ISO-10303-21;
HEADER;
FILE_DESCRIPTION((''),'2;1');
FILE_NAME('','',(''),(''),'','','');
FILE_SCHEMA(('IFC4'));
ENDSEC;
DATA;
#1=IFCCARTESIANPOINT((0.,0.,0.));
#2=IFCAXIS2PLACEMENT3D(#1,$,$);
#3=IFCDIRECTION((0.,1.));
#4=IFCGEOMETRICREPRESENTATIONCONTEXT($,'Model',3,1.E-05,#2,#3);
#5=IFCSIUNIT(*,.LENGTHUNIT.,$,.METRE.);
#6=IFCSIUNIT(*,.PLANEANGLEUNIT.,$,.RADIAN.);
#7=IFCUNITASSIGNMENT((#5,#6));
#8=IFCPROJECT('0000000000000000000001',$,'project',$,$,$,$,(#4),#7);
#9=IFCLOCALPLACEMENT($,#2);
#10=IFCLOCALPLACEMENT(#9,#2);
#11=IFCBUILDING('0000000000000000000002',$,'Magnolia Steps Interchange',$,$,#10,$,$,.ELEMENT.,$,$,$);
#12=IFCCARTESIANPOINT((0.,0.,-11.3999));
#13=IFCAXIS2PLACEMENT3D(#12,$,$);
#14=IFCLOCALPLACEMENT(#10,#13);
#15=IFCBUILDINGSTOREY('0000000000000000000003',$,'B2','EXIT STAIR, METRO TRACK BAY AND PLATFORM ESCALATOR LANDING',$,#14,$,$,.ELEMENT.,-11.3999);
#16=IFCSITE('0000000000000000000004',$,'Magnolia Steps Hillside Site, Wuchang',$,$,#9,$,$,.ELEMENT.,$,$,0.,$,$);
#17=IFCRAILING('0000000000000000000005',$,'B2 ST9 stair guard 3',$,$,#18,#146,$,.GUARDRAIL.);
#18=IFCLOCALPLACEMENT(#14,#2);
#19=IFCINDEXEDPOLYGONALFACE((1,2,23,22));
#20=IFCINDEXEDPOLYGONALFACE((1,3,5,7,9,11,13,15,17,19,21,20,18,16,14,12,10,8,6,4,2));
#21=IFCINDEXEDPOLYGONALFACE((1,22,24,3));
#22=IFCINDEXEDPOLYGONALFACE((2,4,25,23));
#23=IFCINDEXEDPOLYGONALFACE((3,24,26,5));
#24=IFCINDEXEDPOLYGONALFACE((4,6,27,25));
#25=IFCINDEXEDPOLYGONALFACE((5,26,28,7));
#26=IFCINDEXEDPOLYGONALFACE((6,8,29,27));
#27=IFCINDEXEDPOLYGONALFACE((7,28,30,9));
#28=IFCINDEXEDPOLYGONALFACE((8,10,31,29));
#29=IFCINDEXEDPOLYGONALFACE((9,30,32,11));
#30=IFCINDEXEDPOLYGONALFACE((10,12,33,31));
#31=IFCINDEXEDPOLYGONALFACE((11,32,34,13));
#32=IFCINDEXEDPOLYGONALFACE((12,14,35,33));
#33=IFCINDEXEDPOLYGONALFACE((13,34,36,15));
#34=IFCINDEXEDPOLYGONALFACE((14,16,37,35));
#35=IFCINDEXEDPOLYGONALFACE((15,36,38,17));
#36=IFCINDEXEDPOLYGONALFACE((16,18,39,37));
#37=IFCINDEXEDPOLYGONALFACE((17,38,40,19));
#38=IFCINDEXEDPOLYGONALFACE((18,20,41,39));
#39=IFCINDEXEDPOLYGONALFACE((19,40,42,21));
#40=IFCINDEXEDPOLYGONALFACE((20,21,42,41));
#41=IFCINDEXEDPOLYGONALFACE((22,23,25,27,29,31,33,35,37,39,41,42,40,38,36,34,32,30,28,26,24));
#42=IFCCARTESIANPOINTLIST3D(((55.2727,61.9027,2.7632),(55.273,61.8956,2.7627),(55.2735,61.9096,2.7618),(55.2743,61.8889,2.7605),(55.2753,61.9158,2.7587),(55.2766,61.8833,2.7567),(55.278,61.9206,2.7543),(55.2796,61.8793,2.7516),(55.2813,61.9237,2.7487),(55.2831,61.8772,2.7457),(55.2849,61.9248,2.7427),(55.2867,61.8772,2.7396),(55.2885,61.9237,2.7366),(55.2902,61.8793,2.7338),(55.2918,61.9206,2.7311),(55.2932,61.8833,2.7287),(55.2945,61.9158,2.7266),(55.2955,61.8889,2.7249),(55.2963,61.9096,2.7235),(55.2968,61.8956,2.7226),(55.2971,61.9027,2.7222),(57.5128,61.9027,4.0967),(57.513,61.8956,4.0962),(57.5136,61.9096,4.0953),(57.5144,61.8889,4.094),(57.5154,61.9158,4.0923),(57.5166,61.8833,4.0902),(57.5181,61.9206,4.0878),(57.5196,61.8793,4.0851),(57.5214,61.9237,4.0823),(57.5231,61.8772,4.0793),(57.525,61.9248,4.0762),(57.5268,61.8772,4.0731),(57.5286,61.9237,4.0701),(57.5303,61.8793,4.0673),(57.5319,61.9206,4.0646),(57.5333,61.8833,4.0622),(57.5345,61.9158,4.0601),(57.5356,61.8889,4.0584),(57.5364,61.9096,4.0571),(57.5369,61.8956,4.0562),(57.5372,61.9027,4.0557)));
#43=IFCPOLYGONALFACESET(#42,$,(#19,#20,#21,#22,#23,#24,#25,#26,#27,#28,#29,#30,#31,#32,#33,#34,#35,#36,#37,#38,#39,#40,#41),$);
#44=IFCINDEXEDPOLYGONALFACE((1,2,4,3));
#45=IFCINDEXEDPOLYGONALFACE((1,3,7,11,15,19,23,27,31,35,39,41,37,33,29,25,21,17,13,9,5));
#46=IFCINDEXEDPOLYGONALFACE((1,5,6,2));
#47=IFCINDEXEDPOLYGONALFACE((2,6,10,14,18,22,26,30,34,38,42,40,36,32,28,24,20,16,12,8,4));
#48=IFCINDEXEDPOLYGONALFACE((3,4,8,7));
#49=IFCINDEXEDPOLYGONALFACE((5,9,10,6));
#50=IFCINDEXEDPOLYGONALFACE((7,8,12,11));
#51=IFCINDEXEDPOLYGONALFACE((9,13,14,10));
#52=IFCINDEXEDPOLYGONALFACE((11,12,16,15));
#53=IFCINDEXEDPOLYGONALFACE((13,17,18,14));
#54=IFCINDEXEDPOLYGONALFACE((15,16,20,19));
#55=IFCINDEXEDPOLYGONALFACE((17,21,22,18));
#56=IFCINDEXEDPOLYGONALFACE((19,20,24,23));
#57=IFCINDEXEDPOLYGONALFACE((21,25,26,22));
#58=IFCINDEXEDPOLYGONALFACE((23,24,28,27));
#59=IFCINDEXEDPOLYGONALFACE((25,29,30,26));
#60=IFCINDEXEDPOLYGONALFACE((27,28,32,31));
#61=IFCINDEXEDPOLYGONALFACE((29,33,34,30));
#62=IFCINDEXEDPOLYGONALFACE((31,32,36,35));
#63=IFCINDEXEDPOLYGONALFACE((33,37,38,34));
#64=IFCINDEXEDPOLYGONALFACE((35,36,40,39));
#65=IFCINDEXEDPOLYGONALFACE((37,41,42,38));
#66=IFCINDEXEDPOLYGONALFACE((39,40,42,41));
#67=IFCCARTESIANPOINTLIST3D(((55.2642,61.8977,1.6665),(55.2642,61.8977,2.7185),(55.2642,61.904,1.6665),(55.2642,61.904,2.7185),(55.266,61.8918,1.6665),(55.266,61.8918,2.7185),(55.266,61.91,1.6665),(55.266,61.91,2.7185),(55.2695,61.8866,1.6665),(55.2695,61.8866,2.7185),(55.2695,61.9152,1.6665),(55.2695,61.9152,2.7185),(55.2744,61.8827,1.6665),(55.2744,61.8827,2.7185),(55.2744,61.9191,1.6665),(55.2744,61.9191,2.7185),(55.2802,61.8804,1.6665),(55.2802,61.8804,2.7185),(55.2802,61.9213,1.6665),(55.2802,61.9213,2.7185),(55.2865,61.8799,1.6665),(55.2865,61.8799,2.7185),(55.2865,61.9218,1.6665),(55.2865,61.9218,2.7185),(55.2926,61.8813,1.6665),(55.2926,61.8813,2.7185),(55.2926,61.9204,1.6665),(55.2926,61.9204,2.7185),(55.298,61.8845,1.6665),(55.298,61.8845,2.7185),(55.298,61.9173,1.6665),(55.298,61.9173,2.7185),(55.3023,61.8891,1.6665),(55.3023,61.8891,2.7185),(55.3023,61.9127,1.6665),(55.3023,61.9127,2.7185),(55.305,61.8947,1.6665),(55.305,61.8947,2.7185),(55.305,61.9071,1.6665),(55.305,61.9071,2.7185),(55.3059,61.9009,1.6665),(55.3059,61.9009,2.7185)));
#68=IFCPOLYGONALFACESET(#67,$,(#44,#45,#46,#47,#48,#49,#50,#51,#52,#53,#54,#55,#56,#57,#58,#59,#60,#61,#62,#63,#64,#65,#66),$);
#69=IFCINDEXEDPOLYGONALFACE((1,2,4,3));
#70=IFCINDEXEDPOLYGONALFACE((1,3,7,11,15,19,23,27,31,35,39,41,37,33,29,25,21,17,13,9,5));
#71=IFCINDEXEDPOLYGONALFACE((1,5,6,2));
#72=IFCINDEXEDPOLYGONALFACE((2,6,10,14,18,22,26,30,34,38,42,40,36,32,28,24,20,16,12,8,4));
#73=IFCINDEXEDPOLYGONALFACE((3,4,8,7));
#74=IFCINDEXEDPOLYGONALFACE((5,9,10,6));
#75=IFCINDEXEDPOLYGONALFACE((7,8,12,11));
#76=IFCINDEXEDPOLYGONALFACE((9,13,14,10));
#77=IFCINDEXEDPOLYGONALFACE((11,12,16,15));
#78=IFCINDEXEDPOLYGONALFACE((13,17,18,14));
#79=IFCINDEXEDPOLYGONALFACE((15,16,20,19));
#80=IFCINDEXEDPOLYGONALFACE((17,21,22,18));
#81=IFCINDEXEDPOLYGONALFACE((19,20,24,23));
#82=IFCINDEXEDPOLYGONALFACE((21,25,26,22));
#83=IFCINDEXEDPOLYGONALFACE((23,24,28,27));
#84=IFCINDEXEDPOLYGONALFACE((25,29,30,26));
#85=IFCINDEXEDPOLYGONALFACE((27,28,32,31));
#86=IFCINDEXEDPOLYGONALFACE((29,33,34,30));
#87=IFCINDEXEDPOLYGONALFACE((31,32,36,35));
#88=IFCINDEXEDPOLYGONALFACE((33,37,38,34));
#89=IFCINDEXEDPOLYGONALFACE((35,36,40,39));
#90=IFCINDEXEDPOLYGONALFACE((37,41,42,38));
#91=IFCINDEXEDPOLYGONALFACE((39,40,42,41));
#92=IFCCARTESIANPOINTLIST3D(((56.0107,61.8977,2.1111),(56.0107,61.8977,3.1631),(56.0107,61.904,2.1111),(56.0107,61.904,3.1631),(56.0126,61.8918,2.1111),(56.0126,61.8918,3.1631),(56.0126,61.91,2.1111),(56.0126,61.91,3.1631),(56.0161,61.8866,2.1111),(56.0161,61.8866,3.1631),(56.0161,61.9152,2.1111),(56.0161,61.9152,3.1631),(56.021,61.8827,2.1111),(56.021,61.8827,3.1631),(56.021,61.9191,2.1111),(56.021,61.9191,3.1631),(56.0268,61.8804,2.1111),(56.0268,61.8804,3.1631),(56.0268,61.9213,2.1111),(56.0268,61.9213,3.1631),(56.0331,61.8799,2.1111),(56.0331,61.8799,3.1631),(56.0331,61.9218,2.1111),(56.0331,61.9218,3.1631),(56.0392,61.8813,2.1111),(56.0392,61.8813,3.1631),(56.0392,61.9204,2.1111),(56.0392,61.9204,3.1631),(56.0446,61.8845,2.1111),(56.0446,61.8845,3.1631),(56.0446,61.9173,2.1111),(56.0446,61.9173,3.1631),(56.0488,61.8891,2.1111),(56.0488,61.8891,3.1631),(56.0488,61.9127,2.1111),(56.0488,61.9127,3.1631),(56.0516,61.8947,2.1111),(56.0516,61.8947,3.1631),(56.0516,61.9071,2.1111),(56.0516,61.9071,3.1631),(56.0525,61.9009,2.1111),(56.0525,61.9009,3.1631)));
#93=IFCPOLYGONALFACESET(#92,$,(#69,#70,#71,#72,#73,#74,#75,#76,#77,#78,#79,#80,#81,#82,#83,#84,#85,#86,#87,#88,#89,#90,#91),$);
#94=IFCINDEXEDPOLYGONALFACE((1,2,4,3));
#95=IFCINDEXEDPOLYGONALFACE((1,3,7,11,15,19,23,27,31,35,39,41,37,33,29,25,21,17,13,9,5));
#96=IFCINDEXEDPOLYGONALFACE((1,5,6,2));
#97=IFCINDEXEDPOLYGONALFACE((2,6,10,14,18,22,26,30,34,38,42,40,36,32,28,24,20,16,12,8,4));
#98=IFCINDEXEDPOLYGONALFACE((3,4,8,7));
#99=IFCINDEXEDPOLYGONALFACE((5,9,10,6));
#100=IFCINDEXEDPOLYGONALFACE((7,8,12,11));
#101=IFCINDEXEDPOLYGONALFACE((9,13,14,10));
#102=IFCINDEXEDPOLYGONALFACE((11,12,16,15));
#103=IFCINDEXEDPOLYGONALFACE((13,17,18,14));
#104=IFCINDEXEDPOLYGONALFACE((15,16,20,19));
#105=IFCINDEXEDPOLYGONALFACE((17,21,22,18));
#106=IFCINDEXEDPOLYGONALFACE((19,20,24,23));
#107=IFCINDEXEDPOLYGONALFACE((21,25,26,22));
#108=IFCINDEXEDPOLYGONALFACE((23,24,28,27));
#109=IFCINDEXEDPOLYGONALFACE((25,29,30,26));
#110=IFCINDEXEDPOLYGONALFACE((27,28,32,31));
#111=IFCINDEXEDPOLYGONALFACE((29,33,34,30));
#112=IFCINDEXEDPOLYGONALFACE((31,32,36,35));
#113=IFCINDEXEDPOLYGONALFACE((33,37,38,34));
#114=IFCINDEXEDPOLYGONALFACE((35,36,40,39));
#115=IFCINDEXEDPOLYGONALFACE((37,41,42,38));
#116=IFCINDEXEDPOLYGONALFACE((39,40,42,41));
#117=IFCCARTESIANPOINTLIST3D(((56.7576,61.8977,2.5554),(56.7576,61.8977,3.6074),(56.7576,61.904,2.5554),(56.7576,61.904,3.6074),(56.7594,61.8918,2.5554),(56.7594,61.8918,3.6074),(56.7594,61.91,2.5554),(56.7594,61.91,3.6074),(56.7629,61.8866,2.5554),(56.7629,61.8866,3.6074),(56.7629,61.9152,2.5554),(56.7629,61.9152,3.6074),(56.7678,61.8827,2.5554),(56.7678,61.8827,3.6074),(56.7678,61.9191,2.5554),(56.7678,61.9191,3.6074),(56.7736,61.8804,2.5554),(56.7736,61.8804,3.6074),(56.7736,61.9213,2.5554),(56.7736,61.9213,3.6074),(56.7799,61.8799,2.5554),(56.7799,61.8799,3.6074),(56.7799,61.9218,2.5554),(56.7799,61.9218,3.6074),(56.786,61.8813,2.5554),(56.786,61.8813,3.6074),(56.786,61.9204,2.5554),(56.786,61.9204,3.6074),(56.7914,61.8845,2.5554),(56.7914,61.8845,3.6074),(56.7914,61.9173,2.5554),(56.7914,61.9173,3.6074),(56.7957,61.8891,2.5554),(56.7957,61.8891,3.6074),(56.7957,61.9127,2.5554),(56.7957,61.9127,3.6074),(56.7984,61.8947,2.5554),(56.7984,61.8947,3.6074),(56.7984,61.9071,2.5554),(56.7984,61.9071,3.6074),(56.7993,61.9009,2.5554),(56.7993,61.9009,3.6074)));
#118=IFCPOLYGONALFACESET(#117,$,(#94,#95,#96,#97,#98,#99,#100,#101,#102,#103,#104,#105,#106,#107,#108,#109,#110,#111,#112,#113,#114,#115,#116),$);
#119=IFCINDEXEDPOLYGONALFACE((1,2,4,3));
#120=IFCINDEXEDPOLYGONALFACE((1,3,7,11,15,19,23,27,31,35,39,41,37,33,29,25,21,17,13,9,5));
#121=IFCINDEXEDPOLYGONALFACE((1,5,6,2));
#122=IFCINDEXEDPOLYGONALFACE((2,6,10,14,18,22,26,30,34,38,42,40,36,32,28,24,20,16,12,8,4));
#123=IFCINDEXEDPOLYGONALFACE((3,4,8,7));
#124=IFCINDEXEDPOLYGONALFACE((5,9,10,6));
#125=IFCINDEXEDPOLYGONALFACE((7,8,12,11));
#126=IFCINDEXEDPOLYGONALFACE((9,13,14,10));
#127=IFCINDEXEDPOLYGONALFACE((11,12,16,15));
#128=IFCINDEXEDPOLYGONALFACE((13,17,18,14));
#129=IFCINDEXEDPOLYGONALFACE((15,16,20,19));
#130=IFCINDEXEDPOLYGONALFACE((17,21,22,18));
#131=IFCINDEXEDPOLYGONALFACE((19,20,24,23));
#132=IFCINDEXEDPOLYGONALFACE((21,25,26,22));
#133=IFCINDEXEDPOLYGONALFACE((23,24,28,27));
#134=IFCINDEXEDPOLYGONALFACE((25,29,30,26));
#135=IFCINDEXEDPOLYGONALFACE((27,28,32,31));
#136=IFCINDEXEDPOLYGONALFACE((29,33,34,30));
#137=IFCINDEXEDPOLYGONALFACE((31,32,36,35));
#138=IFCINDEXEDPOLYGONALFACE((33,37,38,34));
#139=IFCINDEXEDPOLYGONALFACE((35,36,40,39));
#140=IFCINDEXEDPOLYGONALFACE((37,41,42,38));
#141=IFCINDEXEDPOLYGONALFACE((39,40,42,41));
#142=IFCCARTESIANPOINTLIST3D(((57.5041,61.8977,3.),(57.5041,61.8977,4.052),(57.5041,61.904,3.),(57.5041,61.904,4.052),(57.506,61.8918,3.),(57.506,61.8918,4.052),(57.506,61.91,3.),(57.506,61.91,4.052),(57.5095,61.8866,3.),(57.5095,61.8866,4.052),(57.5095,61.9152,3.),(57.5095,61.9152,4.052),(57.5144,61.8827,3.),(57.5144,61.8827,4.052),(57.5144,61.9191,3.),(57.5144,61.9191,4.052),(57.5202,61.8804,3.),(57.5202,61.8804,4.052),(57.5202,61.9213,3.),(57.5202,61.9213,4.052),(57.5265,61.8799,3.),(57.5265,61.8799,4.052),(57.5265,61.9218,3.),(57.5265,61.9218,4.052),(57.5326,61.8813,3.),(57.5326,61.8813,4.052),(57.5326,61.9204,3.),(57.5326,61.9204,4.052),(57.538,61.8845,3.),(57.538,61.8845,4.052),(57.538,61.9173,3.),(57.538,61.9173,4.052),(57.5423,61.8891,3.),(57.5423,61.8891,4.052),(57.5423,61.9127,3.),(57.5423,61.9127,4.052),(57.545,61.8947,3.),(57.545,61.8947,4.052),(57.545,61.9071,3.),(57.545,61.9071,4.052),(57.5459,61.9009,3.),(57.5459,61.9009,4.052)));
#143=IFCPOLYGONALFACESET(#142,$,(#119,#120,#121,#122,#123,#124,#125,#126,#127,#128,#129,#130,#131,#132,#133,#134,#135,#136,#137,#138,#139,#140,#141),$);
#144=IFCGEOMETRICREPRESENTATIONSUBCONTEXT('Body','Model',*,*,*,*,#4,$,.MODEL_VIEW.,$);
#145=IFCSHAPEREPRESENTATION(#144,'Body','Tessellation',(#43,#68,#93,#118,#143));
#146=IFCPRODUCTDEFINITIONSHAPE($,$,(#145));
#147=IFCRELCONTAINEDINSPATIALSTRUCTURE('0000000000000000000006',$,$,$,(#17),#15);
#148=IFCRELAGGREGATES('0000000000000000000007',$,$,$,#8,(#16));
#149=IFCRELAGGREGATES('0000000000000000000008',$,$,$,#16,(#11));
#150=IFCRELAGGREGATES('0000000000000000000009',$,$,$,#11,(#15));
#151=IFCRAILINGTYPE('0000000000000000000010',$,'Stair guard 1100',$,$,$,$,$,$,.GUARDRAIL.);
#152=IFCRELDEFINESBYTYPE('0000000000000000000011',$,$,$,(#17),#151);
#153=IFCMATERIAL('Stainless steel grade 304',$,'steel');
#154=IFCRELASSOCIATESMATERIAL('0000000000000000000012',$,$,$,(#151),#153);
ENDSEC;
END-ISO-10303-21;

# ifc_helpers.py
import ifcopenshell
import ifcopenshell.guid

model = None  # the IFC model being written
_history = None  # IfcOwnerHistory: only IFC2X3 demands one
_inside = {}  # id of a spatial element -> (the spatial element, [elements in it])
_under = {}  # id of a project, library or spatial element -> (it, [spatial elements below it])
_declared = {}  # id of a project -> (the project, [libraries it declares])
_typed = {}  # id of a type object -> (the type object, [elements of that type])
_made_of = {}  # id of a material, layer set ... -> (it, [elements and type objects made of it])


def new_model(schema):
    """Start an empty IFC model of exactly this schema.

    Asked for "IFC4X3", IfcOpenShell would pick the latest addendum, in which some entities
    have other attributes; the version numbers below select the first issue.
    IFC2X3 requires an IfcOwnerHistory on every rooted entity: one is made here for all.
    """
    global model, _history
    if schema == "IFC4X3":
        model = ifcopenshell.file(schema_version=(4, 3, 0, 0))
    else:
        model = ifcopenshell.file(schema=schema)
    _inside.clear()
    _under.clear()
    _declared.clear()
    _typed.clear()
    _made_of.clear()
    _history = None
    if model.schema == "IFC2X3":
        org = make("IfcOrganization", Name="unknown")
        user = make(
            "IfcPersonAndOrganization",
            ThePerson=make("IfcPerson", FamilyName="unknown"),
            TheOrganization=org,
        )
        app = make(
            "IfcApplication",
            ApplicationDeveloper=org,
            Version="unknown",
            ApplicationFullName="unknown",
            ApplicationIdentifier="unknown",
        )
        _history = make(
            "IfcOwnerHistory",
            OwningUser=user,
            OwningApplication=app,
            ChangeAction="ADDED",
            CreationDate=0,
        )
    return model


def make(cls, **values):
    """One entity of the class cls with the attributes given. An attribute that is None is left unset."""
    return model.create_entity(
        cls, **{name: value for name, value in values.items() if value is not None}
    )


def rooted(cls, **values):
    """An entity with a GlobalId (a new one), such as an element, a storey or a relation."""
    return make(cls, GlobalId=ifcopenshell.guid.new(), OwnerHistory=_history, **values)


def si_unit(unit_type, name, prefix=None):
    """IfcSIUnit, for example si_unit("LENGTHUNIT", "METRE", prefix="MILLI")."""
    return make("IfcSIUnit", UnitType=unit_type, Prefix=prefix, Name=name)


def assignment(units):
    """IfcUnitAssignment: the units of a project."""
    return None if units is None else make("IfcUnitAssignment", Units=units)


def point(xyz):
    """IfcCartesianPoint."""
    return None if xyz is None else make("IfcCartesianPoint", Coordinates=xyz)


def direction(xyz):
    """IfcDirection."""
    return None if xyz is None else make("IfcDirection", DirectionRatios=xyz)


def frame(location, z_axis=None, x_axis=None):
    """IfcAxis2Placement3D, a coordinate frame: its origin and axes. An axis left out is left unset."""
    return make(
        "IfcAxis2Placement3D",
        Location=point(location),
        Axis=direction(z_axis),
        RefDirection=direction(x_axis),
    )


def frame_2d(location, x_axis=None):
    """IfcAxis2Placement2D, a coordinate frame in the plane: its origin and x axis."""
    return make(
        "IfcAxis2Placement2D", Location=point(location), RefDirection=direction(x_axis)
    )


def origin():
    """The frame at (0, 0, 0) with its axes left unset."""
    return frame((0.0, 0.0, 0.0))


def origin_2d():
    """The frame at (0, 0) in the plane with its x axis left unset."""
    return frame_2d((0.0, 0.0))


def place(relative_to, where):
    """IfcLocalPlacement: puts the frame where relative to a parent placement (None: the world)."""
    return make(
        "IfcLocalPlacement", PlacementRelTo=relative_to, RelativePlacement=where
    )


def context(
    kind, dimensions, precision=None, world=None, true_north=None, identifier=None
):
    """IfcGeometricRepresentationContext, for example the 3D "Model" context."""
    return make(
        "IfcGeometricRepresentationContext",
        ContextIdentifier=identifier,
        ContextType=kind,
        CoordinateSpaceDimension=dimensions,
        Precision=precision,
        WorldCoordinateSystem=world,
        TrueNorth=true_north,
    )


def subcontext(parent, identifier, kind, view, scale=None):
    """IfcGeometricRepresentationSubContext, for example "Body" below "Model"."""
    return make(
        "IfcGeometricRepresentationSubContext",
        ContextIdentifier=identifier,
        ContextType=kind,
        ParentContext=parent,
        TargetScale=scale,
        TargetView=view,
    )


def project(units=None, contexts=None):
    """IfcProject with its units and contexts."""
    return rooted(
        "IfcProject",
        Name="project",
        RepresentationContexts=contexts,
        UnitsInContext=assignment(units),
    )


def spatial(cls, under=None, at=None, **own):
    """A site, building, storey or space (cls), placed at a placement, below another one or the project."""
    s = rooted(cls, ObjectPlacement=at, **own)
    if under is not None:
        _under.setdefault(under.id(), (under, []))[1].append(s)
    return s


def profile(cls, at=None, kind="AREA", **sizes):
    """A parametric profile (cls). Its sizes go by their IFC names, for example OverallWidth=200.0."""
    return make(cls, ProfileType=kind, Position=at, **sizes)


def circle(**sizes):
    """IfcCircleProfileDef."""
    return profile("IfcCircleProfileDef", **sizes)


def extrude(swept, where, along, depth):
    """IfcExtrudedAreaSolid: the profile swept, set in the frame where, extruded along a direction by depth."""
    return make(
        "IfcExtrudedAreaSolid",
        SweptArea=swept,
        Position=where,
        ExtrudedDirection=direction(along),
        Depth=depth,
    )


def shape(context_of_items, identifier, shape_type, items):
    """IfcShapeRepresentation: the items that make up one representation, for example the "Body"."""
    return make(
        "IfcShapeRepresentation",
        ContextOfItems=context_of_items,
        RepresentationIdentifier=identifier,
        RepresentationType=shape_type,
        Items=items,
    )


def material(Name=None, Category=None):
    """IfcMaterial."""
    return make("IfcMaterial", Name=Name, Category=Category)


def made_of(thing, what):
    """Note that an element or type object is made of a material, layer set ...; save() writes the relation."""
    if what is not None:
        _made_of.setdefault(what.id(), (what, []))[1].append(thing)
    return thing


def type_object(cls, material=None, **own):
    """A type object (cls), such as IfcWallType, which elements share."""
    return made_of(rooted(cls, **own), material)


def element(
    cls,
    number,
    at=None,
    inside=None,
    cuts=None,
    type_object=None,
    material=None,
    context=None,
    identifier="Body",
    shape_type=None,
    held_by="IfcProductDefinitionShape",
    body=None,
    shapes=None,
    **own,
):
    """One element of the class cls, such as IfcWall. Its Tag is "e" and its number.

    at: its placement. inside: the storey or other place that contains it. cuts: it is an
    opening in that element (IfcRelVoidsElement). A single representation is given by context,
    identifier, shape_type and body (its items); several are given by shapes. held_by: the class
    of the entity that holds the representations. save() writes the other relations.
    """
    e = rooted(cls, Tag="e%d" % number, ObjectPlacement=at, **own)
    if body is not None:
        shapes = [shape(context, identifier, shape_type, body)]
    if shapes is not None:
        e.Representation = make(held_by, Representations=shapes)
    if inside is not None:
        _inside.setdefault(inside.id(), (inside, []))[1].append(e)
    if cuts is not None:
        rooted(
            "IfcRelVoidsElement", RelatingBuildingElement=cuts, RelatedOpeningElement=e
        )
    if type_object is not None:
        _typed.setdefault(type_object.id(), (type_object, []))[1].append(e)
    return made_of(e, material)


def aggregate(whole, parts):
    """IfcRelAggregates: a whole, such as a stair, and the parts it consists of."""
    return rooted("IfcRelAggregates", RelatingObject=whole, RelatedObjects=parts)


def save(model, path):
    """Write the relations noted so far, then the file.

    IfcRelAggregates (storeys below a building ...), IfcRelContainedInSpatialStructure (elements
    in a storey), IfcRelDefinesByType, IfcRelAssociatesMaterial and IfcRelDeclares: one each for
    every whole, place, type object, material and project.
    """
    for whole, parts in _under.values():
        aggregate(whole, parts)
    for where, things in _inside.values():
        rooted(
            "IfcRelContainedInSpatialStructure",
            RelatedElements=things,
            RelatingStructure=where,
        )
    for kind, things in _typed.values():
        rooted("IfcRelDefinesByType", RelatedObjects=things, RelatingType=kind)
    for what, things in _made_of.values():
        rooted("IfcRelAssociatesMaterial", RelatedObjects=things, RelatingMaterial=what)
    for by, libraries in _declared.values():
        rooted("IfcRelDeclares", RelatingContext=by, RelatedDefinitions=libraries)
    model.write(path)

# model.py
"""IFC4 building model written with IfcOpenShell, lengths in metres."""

from ifc_helpers import new_model, si_unit, direction, frame, origin, origin_2d, place, context, subcontext, project, spatial, circle, extrude, material, type_object, element, save


model = new_model("IFC4")

# Units and contexts
model_context = context("Model", 3, precision=1e-05, world=origin(), true_north=direction((0.0, 1.0)))
body_context = subcontext(model_context, "Body", "Model", "MODEL_VIEW")
ifc_project = project(units=[si_unit("LENGTHUNIT", "METRE"), si_unit("PLANEANGLEUNIT", "RADIAN")], contexts=[model_context])

# Site, building, storey
site_placement = place(None, origin())
site = spatial("IfcSite", under=ifc_project, at=site_placement, Name="Magnolia Steps Hillside Site, Wuchang", CompositionType="ELEMENT", RefElevation=0.0)
building_placement = place(site_placement, origin())
building = spatial("IfcBuilding", under=site, at=building_placement, Name="Magnolia Steps Interchange", CompositionType="ELEMENT")
storey_placement = place(building_placement, frame((0.0, 0.0, -11.3999)))
storey = spatial("IfcBuildingStorey", under=building, at=storey_placement, Name="B2", Description="EXIT STAIR, METRO TRACK BAY AND PLATFORM ESCALATOR LANDING", CompositionType="ELEMENT", Elevation=-11.3999)

# Railing
ifc_material_1 = material(Name="Stainless steel grade 304", Category="steel")
railing_type_1 = type_object("IfcRailingType", Name="Stair guard 1100", PredefinedType="GUARDRAIL", material=ifc_material_1)
railing_1_placement = place(storey_placement, frame((55.2849, 61.9009, 1.6665)))
element("IfcRailing", 1, at=railing_1_placement, inside=storey, type_object=railing_type_1, Name="B2 ST9 stair guard 3", PredefinedType="GUARDRAIL", context=body_context, shape_type="SweptSolid", body=[
    extrude(circle(Radius=0.0239, at=origin_2d()), frame((0.0, 0.0, 1.0762), z_axis=(0.859264, 0.0, 0.511532), x_axis=(0.0, 1.0, 0.0)), (0.0, 0.0, 1.0), 2.6069),
    extrude(circle(Radius=0.021, at=origin_2d()), origin(), (0.0, 0.0, 1.0), 1.052),
    extrude(circle(Radius=0.021, at=origin_2d()), frame((0.7466, 0.0, 0.4446)), (0.0, 0.0, 1.0), 1.052),
    extrude(circle(Radius=0.021, at=origin_2d()), frame((1.4934, 0.0, 0.8889)), (0.0, 0.0, 1.0), 1.052),
    extrude(circle(Radius=0.021, at=origin_2d()), frame((2.24, 0.0, 1.3335)), (0.0, 0.0, 1.0), 1.052),
])

save(model, "model.ifc")
